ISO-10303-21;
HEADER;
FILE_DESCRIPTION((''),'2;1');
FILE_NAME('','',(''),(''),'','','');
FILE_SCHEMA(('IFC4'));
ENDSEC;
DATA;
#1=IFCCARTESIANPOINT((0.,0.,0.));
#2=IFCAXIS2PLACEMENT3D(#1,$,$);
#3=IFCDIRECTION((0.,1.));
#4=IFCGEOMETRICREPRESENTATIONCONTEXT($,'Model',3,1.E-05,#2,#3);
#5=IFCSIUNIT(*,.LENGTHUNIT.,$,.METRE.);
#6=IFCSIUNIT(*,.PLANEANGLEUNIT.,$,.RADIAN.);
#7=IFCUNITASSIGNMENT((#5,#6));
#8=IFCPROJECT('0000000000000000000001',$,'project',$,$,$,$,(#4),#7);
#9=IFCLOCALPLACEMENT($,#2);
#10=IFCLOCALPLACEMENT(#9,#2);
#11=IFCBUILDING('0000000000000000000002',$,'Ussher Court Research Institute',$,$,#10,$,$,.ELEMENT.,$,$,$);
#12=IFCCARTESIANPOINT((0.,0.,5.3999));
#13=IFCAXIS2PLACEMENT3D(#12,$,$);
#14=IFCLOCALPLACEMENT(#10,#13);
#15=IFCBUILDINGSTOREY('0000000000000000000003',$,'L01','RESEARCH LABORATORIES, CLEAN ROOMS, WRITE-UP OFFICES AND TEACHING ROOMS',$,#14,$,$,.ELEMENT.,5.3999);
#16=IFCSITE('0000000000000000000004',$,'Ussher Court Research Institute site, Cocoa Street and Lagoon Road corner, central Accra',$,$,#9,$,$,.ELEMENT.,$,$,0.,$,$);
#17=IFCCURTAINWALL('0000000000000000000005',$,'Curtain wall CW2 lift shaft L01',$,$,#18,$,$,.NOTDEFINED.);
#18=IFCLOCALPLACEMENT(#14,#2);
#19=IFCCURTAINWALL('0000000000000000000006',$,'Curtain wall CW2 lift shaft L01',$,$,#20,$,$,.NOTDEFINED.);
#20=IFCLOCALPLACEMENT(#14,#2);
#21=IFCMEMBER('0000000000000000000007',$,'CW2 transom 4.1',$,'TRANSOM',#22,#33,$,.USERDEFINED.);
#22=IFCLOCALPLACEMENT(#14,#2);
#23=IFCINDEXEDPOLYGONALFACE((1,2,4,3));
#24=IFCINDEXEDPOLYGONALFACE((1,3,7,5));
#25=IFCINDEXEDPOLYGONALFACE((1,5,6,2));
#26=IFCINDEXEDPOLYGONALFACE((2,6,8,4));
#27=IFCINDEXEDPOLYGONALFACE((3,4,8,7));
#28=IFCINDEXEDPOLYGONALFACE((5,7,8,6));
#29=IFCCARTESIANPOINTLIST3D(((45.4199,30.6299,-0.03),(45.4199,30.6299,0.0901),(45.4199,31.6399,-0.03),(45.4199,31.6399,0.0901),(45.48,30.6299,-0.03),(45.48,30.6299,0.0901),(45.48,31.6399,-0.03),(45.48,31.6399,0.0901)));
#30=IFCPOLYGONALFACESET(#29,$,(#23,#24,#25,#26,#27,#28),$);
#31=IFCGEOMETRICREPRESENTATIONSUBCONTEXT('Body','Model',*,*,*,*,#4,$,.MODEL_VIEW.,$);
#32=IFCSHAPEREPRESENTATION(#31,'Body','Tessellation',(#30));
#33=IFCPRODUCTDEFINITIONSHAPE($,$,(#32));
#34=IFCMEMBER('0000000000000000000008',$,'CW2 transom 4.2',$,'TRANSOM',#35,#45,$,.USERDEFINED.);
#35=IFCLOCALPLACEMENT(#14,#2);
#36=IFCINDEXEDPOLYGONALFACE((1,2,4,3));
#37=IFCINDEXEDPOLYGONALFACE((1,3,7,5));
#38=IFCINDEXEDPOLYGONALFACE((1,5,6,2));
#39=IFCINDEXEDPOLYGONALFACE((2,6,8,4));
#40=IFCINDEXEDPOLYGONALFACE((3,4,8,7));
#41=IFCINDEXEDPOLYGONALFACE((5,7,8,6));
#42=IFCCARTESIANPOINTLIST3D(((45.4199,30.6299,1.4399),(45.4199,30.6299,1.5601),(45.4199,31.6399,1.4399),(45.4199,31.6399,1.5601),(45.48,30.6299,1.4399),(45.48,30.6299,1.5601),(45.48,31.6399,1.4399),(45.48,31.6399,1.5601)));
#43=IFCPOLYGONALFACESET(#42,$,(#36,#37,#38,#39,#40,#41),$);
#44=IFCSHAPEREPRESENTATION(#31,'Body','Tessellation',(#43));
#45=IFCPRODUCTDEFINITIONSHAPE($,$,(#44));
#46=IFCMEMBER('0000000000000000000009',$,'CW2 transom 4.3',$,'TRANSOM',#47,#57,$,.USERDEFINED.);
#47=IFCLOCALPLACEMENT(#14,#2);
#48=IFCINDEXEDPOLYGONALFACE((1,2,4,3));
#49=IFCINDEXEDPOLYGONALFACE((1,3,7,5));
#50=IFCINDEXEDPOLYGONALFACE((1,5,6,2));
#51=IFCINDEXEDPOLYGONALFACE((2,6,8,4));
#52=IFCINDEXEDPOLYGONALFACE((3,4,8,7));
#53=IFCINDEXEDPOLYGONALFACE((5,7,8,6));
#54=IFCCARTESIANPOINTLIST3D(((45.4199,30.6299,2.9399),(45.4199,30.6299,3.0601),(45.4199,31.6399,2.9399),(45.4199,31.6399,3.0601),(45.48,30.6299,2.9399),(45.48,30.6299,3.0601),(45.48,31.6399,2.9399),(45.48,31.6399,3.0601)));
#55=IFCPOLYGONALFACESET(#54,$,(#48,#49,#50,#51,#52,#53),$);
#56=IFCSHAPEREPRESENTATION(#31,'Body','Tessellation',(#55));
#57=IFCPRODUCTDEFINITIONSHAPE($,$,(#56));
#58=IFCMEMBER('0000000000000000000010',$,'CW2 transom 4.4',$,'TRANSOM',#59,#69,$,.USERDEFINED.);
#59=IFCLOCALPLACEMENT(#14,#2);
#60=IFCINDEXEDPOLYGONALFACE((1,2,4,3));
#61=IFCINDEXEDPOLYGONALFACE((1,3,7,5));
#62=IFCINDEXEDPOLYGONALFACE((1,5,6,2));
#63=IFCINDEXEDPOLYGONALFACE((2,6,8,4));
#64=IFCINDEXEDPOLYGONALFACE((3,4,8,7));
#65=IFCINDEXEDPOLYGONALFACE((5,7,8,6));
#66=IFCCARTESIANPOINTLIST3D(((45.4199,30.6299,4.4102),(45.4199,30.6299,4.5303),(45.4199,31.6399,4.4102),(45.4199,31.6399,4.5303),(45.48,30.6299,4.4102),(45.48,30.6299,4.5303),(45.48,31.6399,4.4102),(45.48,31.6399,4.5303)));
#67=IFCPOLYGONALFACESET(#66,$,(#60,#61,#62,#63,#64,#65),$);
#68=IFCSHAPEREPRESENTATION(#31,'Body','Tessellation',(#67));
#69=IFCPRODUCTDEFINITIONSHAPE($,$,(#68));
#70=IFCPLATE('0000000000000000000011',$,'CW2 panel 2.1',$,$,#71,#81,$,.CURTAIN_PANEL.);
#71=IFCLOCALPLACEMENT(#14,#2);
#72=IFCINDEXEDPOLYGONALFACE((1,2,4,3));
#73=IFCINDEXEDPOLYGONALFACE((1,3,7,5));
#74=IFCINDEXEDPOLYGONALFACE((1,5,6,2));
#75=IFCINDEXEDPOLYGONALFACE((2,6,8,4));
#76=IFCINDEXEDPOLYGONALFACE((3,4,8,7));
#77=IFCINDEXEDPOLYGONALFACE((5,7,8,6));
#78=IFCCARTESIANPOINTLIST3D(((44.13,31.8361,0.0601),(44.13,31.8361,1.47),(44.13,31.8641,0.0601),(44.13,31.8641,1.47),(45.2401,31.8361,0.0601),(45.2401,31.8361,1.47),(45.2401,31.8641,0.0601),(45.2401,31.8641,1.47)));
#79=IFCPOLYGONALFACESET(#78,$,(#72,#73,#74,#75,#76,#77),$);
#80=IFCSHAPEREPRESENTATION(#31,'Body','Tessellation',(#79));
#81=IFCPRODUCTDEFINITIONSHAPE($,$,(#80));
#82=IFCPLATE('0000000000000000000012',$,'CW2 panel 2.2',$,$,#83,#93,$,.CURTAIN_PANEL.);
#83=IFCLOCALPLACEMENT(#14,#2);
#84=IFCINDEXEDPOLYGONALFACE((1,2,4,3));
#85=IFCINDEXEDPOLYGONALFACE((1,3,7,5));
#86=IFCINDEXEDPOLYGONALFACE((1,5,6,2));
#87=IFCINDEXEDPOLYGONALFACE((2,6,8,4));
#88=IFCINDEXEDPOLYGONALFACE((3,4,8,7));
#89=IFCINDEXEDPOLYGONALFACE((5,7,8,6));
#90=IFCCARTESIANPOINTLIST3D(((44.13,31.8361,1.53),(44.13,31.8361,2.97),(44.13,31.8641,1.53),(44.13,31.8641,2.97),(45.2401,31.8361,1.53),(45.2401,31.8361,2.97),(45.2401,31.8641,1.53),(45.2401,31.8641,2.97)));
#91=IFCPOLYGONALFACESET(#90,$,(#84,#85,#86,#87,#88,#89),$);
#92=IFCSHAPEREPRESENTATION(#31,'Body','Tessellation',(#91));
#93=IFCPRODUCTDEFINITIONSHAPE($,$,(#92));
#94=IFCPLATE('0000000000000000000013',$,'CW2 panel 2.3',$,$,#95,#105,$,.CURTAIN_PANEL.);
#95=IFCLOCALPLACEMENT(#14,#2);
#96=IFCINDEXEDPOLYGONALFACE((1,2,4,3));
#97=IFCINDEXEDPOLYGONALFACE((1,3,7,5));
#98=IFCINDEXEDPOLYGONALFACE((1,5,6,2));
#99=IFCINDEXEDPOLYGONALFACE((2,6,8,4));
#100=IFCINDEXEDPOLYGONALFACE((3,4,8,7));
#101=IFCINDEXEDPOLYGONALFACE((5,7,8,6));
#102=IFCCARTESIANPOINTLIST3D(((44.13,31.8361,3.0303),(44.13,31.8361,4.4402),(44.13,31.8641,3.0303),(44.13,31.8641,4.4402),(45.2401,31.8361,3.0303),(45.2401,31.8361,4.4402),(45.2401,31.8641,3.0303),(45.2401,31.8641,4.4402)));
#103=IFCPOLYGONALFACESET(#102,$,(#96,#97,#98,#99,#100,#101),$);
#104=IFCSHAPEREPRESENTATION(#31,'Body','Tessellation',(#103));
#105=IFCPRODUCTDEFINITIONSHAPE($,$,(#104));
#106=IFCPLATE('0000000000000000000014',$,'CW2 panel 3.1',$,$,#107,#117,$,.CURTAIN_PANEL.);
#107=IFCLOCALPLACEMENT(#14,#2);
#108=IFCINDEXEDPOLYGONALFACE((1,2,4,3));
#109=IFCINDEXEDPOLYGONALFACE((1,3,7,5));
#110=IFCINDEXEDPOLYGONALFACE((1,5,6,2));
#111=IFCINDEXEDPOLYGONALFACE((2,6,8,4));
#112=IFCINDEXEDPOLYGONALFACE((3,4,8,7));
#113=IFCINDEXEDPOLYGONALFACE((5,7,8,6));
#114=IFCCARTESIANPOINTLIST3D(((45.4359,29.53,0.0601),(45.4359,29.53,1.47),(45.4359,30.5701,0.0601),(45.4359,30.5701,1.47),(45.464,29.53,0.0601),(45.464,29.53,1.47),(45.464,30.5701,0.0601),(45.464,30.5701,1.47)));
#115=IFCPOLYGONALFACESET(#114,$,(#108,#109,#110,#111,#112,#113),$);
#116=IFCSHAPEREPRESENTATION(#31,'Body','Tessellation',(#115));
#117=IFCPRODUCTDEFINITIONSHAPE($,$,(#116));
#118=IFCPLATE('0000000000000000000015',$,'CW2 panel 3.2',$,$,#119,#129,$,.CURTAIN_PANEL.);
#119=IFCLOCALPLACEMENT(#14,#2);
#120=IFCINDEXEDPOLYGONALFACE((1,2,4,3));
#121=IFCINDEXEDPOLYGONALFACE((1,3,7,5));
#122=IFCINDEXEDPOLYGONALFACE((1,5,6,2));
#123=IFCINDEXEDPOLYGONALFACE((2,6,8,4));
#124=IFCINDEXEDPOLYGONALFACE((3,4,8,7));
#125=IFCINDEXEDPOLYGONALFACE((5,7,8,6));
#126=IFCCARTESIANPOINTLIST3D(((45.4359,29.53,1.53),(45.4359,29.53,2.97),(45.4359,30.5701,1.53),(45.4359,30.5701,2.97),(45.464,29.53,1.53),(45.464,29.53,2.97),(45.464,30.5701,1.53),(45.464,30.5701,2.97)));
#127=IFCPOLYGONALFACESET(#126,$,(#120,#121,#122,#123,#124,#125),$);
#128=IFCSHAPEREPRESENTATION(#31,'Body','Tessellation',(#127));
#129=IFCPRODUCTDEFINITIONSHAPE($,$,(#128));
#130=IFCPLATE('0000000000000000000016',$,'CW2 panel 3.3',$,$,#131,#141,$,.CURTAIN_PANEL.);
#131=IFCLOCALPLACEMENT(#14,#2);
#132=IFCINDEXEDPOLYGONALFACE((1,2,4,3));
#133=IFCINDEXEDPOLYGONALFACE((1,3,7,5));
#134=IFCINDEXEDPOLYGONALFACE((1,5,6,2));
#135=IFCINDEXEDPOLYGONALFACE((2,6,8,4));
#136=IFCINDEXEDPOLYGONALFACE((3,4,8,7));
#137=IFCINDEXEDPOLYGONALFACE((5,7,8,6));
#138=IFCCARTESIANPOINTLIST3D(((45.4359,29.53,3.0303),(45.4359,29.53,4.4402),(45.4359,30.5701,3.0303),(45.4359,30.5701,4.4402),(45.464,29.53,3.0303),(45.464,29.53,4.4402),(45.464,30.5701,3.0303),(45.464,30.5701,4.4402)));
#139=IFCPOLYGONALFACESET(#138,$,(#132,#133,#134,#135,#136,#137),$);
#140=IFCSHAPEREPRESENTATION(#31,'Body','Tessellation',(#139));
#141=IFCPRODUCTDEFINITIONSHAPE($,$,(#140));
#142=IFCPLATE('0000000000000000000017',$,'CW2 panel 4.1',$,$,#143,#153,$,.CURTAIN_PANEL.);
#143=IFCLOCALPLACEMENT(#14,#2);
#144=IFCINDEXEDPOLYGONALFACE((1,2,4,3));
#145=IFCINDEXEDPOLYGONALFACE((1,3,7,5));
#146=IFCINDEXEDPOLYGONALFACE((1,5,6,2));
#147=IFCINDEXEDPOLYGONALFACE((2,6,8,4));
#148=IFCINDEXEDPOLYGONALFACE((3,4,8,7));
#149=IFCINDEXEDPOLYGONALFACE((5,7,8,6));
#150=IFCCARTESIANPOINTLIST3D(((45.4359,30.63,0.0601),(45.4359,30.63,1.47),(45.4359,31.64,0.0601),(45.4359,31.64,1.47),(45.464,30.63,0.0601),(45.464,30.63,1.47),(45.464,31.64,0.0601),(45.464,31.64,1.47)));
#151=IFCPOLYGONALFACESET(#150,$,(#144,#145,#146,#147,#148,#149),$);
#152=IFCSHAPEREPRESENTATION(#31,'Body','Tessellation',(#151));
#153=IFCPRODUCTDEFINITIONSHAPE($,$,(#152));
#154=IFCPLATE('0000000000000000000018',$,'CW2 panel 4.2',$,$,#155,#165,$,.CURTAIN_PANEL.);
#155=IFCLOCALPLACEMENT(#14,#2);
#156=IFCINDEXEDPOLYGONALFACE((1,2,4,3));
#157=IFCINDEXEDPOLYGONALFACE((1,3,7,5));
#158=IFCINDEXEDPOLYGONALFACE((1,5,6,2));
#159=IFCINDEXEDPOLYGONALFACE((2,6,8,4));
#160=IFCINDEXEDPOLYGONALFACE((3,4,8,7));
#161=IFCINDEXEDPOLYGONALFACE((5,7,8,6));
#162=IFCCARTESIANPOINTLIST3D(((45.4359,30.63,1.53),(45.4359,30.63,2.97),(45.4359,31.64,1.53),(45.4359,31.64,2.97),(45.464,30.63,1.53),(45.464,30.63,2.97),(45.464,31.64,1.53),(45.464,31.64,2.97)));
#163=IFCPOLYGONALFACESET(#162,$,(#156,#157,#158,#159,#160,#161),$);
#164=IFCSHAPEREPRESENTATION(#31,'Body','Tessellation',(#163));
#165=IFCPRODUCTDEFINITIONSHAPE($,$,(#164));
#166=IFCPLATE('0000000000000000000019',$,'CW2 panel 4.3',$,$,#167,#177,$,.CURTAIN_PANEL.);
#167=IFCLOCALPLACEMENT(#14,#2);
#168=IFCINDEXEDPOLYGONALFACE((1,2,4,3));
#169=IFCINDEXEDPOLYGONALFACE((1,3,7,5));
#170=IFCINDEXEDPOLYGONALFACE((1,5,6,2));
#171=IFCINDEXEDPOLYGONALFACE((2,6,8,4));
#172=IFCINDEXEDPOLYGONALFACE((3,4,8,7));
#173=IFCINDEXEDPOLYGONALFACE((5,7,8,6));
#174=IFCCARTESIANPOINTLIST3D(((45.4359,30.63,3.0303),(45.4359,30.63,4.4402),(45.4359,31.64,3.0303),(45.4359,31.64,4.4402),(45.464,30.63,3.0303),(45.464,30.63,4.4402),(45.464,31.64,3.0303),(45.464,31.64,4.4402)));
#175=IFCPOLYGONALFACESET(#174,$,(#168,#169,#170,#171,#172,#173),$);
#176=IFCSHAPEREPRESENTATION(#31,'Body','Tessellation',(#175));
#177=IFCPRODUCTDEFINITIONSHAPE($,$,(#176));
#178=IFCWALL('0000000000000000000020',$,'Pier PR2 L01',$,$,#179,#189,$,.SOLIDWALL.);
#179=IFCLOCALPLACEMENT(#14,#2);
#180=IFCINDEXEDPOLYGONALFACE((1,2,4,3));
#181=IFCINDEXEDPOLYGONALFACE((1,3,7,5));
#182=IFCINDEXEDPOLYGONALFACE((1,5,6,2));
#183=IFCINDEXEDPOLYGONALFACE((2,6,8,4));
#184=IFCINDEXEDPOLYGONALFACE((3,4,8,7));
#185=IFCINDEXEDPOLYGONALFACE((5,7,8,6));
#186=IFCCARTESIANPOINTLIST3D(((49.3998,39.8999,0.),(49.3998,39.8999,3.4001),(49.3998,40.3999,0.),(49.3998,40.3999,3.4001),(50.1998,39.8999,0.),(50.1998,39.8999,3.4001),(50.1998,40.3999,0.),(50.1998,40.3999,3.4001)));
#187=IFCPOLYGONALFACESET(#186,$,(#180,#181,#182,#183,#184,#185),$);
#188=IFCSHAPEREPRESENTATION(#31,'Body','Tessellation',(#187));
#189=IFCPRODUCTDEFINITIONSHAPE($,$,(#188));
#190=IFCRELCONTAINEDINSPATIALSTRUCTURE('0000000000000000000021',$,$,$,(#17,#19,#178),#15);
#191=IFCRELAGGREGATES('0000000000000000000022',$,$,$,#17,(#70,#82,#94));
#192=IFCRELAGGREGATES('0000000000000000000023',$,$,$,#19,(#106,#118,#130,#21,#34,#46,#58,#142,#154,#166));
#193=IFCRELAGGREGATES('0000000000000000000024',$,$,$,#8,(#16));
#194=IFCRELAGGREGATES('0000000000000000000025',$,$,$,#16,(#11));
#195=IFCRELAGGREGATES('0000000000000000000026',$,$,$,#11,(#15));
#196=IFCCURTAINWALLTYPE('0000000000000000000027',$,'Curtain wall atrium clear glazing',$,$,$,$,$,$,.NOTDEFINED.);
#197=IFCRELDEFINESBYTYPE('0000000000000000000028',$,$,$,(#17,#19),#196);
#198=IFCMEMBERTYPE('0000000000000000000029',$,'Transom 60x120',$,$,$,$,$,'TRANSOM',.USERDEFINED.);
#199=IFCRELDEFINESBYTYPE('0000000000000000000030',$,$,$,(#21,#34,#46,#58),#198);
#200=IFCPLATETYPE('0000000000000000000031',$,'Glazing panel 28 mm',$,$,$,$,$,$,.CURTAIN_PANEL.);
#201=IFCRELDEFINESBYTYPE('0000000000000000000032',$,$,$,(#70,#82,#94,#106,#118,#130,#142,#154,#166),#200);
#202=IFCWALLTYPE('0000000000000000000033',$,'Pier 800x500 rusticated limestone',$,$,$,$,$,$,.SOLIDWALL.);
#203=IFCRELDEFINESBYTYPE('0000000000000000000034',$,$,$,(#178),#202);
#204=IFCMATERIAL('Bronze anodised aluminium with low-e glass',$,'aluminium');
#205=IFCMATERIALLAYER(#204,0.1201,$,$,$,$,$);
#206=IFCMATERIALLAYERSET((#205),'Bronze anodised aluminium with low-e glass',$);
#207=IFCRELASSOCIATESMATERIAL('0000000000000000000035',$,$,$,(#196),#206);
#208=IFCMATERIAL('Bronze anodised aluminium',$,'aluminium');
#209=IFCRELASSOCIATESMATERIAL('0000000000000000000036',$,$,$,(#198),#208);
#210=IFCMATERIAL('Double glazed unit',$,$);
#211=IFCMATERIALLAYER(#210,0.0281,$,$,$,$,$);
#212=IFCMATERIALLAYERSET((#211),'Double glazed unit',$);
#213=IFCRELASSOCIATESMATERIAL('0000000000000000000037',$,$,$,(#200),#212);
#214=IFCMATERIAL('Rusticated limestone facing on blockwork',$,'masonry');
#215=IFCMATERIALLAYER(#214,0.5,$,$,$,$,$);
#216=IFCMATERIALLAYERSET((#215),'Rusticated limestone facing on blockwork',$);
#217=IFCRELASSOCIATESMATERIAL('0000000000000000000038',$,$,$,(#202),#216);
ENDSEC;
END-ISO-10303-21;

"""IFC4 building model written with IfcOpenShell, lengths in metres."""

from ifc_helpers import new_model, si_unit, direction, frame, frame_2d, origin, origin_2d, place, context, subcontext, project, spatial, rectangle, extrude, material, layer, layer_set, material_profile, profile_set, type_object, element, aggregate, save


model = new_model("IFC4")

# Units and contexts
model_context = context("Model", 3, precision=1e-05, world=origin(), true_north=direction((0.0, 1.0)))
body_context = subcontext(model_context, "Body", "Model", "MODEL_VIEW")
ifc_project = project(units=[si_unit("LENGTHUNIT", "METRE"), si_unit("PLANEANGLEUNIT", "RADIAN")], contexts=[model_context])

# Site, building, storey
site_placement = place(None, origin())
site = spatial("IfcSite", under=ifc_project, at=site_placement, Name="Ussher Court Research Institute site, Cocoa Street and Lagoon Road corner, central Accra", CompositionType="ELEMENT", RefElevation=0.0)
building_placement = place(site_placement, origin())
building = spatial("IfcBuilding", under=site, at=building_placement, Name="Ussher Court Research Institute", CompositionType="ELEMENT")
storey_placement = place(building_placement, frame((0.0, 0.0, 5.3999)))
storey = spatial("IfcBuildingStorey", under=building, at=storey_placement, Name="L01", Description="RESEARCH LABORATORIES, CLEAN ROOMS, WRITE-UP OFFICES AND TEACHING ROOMS", CompositionType="ELEMENT", Elevation=5.3999)

# Curtain wall
ifc_material_1 = material(Name="Bronze anodised aluminium with low-e glass", Category="aluminium")
ifc_layer_1 = layer(ifc_material_1, 0.1201)
ifc_layer_set_1 = layer_set([ifc_layer_1], Name="Bronze anodised aluminium with low-e glass")
curtain_wall_type = type_object("IfcCurtainWallType", Name="Curtain wall atrium clear glazing", PredefinedType="NOTDEFINED", material=ifc_layer_set_1)
curtain_wall_1_placement = place(storey_placement, origin())
curtain_wall_1 = element("IfcCurtainWall", 1, at=curtain_wall_1_placement, inside=storey, type_object=curtain_wall_type, Name="Curtain wall CW2 lift shaft L01", PredefinedType="NOTDEFINED")

# Curtain wall
curtain_wall_2_placement = place(storey_placement, origin())
curtain_wall_2 = element("IfcCurtainWall", 2, at=curtain_wall_2_placement, inside=storey, type_object=curtain_wall_type, Name="Curtain wall CW2 lift shaft L01", PredefinedType="NOTDEFINED")

# Members
ifc_material_2 = material(Name="Bronze anodised aluminium", Category="aluminium")
ifc_material_profile_1 = material_profile(ifc_material_2, rectangle(XDim=0.0601, YDim=0.1201, at=origin_2d()), Name="Transom 60x120")
ifc_profile_set_1 = profile_set([ifc_material_profile_1], Name="Bronze anodised aluminium")
member_type_1 = type_object("IfcMemberType", Name="Transom 60x120", ElementType="TRANSOM", PredefinedType="USERDEFINED", material=ifc_profile_set_1)
member_1_placement = place(storey_placement, frame((45.45, 30.6299, 0.03), z_axis=(0.0, 1.0, 0.0), x_axis=(-1.0, 0.0, 0.0)))
member_1 = element("IfcMember", 3, at=member_1_placement, type_object=member_type_1, Name="CW2 transom 4.1", ObjectType="TRANSOM", PredefinedType="USERDEFINED", context=body_context, shape_type="SweptSolid", body=[
    extrude(rectangle(XDim=0.0601, YDim=0.1201, at=origin_2d()), origin(), (0.0, 0.0, 1.0), 1.01),
])
member_2_placement = place(storey_placement, frame((45.45, 30.6299, 1.5), z_axis=(0.0, 1.0, 0.0), x_axis=(-1.0, 0.0, 0.0)))
member_2 = element("IfcMember", 4, at=member_2_placement, type_object=member_type_1, Name="CW2 transom 4.2", ObjectType="TRANSOM", PredefinedType="USERDEFINED", context=body_context, shape_type="SweptSolid", body=[
    extrude(rectangle(XDim=0.0601, YDim=0.1201, at=origin_2d()), origin(), (0.0, 0.0, 1.0), 1.01),
])
member_3_placement = place(storey_placement, frame((45.45, 30.6299, 3.0), z_axis=(0.0, 1.0, 0.0), x_axis=(-1.0, 0.0, 0.0)))
member_3 = element("IfcMember", 5, at=member_3_placement, type_object=member_type_1, Name="CW2 transom 4.3", ObjectType="TRANSOM", PredefinedType="USERDEFINED", context=body_context, shape_type="SweptSolid", body=[
    extrude(rectangle(XDim=0.0601, YDim=0.1201, at=origin_2d()), origin(), (0.0, 0.0, 1.0), 1.01),
])
member_4_placement = place(storey_placement, frame((45.45, 30.6299, 4.4702), z_axis=(0.0, 1.0, 0.0), x_axis=(-1.0, 0.0, 0.0)))
member_4 = element("IfcMember", 6, at=member_4_placement, type_object=member_type_1, Name="CW2 transom 4.4", ObjectType="TRANSOM", PredefinedType="USERDEFINED", context=body_context, shape_type="SweptSolid", body=[
    extrude(rectangle(XDim=0.0601, YDim=0.1201, at=origin_2d()), origin(), (0.0, 0.0, 1.0), 1.01),
])

# Plates
ifc_material_3 = material(Name="Double glazed unit")
ifc_layer_2 = layer(ifc_material_3, 0.0281)
ifc_layer_set_2 = layer_set([ifc_layer_2], Name="Double glazed unit")
plate_type = type_object("IfcPlateType", Name="Glazing panel 28 mm", PredefinedType="CURTAIN_PANEL", material=ifc_layer_set_2)
plate_1_placement = place(storey_placement, frame((44.6851, 31.8501, 0.0601), z_axis=(0.0, 0.0, 1.0), x_axis=(1.0, 0.0, 0.0)))
plate_1 = element("IfcPlate", 7, at=plate_1_placement, type_object=plate_type, Name="CW2 panel 2.1", PredefinedType="CURTAIN_PANEL", context=body_context, shape_type="SweptSolid", body=[
    extrude(rectangle(XDim=1.1101, YDim=0.0281, at=origin_2d()), origin(), (0.0, 0.0, 1.0), 1.4099),
])
plate_2_placement = place(storey_placement, frame((44.6851, 31.8501, 1.53), z_axis=(0.0, 0.0, 1.0), x_axis=(1.0, 0.0, 0.0)))
plate_2 = element("IfcPlate", 8, at=plate_2_placement, type_object=plate_type, Name="CW2 panel 2.2", PredefinedType="CURTAIN_PANEL", context=body_context, shape_type="SweptSolid", body=[
    extrude(rectangle(XDim=1.1101, YDim=0.0281, at=origin_2d()), origin(), (0.0, 0.0, 1.0), 1.4399),
])
plate_3_placement = place(storey_placement, frame((44.6851, 31.8501, 3.0303), z_axis=(0.0, 0.0, 1.0), x_axis=(1.0, 0.0, 0.0)))
plate_3 = element("IfcPlate", 9, at=plate_3_placement, type_object=plate_type, Name="CW2 panel 2.3", PredefinedType="CURTAIN_PANEL", context=body_context, shape_type="SweptSolid", body=[
    extrude(rectangle(XDim=1.1101, YDim=0.0281, at=origin_2d()), origin(), (0.0, 0.0, 1.0), 1.4099),
])
aggregate(curtain_wall_1, [plate_1, plate_2, plate_3])
plate_4_placement = place(storey_placement, frame((45.45, 30.05, 0.0601), z_axis=(0.0, 0.0, 1.0), x_axis=(0.0, 1.0, 0.0)))
plate_4 = element("IfcPlate", 10, at=plate_4_placement, type_object=plate_type, Name="CW2 panel 3.1", PredefinedType="CURTAIN_PANEL", context=body_context, shape_type="SweptSolid", body=[
    extrude(rectangle(XDim=1.04, YDim=0.0281, at=origin_2d()), origin(), (0.0, 0.0, 1.0), 1.4099),
])
plate_5_placement = place(storey_placement, frame((45.45, 30.05, 1.53), z_axis=(0.0, 0.0, 1.0), x_axis=(0.0, 1.0, 0.0)))
plate_5 = element("IfcPlate", 11, at=plate_5_placement, type_object=plate_type, Name="CW2 panel 3.2", PredefinedType="CURTAIN_PANEL", context=body_context, shape_type="SweptSolid", body=[
    extrude(rectangle(XDim=1.04, YDim=0.0281, at=origin_2d()), origin(), (0.0, 0.0, 1.0), 1.4399),
])
plate_6_placement = place(storey_placement, frame((45.45, 30.05, 3.0303), z_axis=(0.0, 0.0, 1.0), x_axis=(0.0, 1.0, 0.0)))
plate_6 = element("IfcPlate", 12, at=plate_6_placement, type_object=plate_type, Name="CW2 panel 3.3", PredefinedType="CURTAIN_PANEL", context=body_context, shape_type="SweptSolid", body=[
    extrude(rectangle(XDim=1.04, YDim=0.0281, at=origin_2d()), origin(), (0.0, 0.0, 1.0), 1.4099),
])
plate_7_placement = place(storey_placement, frame((45.45, 31.135, 0.0601), z_axis=(0.0, 0.0, 1.0), x_axis=(0.0, 1.0, 0.0)))
plate_7 = element("IfcPlate", 13, at=plate_7_placement, type_object=plate_type, Name="CW2 panel 4.1", PredefinedType="CURTAIN_PANEL", context=body_context, shape_type="SweptSolid", body=[
    extrude(rectangle(XDim=1.01, YDim=0.0281, at=origin_2d()), origin(), (0.0, 0.0, 1.0), 1.4099),
])
plate_8_placement = place(storey_placement, frame((45.45, 31.135, 1.53), z_axis=(0.0, 0.0, 1.0), x_axis=(0.0, 1.0, 0.0)))
plate_8 = element("IfcPlate", 14, at=plate_8_placement, type_object=plate_type, Name="CW2 panel 4.2", PredefinedType="CURTAIN_PANEL", context=body_context, shape_type="SweptSolid", body=[
    extrude(rectangle(XDim=1.01, YDim=0.0281, at=origin_2d()), origin(), (0.0, 0.0, 1.0), 1.4399),
])
plate_9_placement = place(storey_placement, frame((45.45, 31.135, 3.0303), z_axis=(0.0, 0.0, 1.0), x_axis=(0.0, 1.0, 0.0)))
plate_9 = element("IfcPlate", 15, at=plate_9_placement, type_object=plate_type, Name="CW2 panel 4.3", PredefinedType="CURTAIN_PANEL", context=body_context, shape_type="SweptSolid", body=[
    extrude(rectangle(XDim=1.01, YDim=0.0281, at=origin_2d()), origin(), (0.0, 0.0, 1.0), 1.4099),
])
aggregate(curtain_wall_2, [plate_4, plate_5, plate_6, member_1, member_2, member_3, member_4, plate_7, plate_8, plate_9])

# Wall
ifc_material_4 = material(Name="Rusticated limestone facing on blockwork", Category="masonry")
ifc_layer_3 = layer(ifc_material_4, 0.5)
ifc_layer_set_3 = layer_set([ifc_layer_3], Name="Rusticated limestone facing on blockwork")
wall_type = type_object("IfcWallType", Name="Pier 800x500 rusticated limestone", PredefinedType="SOLIDWALL", material=ifc_layer_set_3)
wall_placement = place(storey_placement, frame((49.3999, 40.1499, 0.0), z_axis=(0.0, 0.0, 1.0), x_axis=(1.0, 0.0, 0.0)))
element("IfcWall", 16, at=wall_placement, inside=storey, type_object=wall_type, Name="Pier PR2 L01", PredefinedType="SOLIDWALL", context=body_context, shape_type="SweptSolid", body=[
    extrude(rectangle(XDim=0.8, YDim=0.5, at=frame_2d((0.3999, 0.0))), origin(), (0.0, 0.0, 1.0), 3.4001),
])

save(model, "model.ifc")
